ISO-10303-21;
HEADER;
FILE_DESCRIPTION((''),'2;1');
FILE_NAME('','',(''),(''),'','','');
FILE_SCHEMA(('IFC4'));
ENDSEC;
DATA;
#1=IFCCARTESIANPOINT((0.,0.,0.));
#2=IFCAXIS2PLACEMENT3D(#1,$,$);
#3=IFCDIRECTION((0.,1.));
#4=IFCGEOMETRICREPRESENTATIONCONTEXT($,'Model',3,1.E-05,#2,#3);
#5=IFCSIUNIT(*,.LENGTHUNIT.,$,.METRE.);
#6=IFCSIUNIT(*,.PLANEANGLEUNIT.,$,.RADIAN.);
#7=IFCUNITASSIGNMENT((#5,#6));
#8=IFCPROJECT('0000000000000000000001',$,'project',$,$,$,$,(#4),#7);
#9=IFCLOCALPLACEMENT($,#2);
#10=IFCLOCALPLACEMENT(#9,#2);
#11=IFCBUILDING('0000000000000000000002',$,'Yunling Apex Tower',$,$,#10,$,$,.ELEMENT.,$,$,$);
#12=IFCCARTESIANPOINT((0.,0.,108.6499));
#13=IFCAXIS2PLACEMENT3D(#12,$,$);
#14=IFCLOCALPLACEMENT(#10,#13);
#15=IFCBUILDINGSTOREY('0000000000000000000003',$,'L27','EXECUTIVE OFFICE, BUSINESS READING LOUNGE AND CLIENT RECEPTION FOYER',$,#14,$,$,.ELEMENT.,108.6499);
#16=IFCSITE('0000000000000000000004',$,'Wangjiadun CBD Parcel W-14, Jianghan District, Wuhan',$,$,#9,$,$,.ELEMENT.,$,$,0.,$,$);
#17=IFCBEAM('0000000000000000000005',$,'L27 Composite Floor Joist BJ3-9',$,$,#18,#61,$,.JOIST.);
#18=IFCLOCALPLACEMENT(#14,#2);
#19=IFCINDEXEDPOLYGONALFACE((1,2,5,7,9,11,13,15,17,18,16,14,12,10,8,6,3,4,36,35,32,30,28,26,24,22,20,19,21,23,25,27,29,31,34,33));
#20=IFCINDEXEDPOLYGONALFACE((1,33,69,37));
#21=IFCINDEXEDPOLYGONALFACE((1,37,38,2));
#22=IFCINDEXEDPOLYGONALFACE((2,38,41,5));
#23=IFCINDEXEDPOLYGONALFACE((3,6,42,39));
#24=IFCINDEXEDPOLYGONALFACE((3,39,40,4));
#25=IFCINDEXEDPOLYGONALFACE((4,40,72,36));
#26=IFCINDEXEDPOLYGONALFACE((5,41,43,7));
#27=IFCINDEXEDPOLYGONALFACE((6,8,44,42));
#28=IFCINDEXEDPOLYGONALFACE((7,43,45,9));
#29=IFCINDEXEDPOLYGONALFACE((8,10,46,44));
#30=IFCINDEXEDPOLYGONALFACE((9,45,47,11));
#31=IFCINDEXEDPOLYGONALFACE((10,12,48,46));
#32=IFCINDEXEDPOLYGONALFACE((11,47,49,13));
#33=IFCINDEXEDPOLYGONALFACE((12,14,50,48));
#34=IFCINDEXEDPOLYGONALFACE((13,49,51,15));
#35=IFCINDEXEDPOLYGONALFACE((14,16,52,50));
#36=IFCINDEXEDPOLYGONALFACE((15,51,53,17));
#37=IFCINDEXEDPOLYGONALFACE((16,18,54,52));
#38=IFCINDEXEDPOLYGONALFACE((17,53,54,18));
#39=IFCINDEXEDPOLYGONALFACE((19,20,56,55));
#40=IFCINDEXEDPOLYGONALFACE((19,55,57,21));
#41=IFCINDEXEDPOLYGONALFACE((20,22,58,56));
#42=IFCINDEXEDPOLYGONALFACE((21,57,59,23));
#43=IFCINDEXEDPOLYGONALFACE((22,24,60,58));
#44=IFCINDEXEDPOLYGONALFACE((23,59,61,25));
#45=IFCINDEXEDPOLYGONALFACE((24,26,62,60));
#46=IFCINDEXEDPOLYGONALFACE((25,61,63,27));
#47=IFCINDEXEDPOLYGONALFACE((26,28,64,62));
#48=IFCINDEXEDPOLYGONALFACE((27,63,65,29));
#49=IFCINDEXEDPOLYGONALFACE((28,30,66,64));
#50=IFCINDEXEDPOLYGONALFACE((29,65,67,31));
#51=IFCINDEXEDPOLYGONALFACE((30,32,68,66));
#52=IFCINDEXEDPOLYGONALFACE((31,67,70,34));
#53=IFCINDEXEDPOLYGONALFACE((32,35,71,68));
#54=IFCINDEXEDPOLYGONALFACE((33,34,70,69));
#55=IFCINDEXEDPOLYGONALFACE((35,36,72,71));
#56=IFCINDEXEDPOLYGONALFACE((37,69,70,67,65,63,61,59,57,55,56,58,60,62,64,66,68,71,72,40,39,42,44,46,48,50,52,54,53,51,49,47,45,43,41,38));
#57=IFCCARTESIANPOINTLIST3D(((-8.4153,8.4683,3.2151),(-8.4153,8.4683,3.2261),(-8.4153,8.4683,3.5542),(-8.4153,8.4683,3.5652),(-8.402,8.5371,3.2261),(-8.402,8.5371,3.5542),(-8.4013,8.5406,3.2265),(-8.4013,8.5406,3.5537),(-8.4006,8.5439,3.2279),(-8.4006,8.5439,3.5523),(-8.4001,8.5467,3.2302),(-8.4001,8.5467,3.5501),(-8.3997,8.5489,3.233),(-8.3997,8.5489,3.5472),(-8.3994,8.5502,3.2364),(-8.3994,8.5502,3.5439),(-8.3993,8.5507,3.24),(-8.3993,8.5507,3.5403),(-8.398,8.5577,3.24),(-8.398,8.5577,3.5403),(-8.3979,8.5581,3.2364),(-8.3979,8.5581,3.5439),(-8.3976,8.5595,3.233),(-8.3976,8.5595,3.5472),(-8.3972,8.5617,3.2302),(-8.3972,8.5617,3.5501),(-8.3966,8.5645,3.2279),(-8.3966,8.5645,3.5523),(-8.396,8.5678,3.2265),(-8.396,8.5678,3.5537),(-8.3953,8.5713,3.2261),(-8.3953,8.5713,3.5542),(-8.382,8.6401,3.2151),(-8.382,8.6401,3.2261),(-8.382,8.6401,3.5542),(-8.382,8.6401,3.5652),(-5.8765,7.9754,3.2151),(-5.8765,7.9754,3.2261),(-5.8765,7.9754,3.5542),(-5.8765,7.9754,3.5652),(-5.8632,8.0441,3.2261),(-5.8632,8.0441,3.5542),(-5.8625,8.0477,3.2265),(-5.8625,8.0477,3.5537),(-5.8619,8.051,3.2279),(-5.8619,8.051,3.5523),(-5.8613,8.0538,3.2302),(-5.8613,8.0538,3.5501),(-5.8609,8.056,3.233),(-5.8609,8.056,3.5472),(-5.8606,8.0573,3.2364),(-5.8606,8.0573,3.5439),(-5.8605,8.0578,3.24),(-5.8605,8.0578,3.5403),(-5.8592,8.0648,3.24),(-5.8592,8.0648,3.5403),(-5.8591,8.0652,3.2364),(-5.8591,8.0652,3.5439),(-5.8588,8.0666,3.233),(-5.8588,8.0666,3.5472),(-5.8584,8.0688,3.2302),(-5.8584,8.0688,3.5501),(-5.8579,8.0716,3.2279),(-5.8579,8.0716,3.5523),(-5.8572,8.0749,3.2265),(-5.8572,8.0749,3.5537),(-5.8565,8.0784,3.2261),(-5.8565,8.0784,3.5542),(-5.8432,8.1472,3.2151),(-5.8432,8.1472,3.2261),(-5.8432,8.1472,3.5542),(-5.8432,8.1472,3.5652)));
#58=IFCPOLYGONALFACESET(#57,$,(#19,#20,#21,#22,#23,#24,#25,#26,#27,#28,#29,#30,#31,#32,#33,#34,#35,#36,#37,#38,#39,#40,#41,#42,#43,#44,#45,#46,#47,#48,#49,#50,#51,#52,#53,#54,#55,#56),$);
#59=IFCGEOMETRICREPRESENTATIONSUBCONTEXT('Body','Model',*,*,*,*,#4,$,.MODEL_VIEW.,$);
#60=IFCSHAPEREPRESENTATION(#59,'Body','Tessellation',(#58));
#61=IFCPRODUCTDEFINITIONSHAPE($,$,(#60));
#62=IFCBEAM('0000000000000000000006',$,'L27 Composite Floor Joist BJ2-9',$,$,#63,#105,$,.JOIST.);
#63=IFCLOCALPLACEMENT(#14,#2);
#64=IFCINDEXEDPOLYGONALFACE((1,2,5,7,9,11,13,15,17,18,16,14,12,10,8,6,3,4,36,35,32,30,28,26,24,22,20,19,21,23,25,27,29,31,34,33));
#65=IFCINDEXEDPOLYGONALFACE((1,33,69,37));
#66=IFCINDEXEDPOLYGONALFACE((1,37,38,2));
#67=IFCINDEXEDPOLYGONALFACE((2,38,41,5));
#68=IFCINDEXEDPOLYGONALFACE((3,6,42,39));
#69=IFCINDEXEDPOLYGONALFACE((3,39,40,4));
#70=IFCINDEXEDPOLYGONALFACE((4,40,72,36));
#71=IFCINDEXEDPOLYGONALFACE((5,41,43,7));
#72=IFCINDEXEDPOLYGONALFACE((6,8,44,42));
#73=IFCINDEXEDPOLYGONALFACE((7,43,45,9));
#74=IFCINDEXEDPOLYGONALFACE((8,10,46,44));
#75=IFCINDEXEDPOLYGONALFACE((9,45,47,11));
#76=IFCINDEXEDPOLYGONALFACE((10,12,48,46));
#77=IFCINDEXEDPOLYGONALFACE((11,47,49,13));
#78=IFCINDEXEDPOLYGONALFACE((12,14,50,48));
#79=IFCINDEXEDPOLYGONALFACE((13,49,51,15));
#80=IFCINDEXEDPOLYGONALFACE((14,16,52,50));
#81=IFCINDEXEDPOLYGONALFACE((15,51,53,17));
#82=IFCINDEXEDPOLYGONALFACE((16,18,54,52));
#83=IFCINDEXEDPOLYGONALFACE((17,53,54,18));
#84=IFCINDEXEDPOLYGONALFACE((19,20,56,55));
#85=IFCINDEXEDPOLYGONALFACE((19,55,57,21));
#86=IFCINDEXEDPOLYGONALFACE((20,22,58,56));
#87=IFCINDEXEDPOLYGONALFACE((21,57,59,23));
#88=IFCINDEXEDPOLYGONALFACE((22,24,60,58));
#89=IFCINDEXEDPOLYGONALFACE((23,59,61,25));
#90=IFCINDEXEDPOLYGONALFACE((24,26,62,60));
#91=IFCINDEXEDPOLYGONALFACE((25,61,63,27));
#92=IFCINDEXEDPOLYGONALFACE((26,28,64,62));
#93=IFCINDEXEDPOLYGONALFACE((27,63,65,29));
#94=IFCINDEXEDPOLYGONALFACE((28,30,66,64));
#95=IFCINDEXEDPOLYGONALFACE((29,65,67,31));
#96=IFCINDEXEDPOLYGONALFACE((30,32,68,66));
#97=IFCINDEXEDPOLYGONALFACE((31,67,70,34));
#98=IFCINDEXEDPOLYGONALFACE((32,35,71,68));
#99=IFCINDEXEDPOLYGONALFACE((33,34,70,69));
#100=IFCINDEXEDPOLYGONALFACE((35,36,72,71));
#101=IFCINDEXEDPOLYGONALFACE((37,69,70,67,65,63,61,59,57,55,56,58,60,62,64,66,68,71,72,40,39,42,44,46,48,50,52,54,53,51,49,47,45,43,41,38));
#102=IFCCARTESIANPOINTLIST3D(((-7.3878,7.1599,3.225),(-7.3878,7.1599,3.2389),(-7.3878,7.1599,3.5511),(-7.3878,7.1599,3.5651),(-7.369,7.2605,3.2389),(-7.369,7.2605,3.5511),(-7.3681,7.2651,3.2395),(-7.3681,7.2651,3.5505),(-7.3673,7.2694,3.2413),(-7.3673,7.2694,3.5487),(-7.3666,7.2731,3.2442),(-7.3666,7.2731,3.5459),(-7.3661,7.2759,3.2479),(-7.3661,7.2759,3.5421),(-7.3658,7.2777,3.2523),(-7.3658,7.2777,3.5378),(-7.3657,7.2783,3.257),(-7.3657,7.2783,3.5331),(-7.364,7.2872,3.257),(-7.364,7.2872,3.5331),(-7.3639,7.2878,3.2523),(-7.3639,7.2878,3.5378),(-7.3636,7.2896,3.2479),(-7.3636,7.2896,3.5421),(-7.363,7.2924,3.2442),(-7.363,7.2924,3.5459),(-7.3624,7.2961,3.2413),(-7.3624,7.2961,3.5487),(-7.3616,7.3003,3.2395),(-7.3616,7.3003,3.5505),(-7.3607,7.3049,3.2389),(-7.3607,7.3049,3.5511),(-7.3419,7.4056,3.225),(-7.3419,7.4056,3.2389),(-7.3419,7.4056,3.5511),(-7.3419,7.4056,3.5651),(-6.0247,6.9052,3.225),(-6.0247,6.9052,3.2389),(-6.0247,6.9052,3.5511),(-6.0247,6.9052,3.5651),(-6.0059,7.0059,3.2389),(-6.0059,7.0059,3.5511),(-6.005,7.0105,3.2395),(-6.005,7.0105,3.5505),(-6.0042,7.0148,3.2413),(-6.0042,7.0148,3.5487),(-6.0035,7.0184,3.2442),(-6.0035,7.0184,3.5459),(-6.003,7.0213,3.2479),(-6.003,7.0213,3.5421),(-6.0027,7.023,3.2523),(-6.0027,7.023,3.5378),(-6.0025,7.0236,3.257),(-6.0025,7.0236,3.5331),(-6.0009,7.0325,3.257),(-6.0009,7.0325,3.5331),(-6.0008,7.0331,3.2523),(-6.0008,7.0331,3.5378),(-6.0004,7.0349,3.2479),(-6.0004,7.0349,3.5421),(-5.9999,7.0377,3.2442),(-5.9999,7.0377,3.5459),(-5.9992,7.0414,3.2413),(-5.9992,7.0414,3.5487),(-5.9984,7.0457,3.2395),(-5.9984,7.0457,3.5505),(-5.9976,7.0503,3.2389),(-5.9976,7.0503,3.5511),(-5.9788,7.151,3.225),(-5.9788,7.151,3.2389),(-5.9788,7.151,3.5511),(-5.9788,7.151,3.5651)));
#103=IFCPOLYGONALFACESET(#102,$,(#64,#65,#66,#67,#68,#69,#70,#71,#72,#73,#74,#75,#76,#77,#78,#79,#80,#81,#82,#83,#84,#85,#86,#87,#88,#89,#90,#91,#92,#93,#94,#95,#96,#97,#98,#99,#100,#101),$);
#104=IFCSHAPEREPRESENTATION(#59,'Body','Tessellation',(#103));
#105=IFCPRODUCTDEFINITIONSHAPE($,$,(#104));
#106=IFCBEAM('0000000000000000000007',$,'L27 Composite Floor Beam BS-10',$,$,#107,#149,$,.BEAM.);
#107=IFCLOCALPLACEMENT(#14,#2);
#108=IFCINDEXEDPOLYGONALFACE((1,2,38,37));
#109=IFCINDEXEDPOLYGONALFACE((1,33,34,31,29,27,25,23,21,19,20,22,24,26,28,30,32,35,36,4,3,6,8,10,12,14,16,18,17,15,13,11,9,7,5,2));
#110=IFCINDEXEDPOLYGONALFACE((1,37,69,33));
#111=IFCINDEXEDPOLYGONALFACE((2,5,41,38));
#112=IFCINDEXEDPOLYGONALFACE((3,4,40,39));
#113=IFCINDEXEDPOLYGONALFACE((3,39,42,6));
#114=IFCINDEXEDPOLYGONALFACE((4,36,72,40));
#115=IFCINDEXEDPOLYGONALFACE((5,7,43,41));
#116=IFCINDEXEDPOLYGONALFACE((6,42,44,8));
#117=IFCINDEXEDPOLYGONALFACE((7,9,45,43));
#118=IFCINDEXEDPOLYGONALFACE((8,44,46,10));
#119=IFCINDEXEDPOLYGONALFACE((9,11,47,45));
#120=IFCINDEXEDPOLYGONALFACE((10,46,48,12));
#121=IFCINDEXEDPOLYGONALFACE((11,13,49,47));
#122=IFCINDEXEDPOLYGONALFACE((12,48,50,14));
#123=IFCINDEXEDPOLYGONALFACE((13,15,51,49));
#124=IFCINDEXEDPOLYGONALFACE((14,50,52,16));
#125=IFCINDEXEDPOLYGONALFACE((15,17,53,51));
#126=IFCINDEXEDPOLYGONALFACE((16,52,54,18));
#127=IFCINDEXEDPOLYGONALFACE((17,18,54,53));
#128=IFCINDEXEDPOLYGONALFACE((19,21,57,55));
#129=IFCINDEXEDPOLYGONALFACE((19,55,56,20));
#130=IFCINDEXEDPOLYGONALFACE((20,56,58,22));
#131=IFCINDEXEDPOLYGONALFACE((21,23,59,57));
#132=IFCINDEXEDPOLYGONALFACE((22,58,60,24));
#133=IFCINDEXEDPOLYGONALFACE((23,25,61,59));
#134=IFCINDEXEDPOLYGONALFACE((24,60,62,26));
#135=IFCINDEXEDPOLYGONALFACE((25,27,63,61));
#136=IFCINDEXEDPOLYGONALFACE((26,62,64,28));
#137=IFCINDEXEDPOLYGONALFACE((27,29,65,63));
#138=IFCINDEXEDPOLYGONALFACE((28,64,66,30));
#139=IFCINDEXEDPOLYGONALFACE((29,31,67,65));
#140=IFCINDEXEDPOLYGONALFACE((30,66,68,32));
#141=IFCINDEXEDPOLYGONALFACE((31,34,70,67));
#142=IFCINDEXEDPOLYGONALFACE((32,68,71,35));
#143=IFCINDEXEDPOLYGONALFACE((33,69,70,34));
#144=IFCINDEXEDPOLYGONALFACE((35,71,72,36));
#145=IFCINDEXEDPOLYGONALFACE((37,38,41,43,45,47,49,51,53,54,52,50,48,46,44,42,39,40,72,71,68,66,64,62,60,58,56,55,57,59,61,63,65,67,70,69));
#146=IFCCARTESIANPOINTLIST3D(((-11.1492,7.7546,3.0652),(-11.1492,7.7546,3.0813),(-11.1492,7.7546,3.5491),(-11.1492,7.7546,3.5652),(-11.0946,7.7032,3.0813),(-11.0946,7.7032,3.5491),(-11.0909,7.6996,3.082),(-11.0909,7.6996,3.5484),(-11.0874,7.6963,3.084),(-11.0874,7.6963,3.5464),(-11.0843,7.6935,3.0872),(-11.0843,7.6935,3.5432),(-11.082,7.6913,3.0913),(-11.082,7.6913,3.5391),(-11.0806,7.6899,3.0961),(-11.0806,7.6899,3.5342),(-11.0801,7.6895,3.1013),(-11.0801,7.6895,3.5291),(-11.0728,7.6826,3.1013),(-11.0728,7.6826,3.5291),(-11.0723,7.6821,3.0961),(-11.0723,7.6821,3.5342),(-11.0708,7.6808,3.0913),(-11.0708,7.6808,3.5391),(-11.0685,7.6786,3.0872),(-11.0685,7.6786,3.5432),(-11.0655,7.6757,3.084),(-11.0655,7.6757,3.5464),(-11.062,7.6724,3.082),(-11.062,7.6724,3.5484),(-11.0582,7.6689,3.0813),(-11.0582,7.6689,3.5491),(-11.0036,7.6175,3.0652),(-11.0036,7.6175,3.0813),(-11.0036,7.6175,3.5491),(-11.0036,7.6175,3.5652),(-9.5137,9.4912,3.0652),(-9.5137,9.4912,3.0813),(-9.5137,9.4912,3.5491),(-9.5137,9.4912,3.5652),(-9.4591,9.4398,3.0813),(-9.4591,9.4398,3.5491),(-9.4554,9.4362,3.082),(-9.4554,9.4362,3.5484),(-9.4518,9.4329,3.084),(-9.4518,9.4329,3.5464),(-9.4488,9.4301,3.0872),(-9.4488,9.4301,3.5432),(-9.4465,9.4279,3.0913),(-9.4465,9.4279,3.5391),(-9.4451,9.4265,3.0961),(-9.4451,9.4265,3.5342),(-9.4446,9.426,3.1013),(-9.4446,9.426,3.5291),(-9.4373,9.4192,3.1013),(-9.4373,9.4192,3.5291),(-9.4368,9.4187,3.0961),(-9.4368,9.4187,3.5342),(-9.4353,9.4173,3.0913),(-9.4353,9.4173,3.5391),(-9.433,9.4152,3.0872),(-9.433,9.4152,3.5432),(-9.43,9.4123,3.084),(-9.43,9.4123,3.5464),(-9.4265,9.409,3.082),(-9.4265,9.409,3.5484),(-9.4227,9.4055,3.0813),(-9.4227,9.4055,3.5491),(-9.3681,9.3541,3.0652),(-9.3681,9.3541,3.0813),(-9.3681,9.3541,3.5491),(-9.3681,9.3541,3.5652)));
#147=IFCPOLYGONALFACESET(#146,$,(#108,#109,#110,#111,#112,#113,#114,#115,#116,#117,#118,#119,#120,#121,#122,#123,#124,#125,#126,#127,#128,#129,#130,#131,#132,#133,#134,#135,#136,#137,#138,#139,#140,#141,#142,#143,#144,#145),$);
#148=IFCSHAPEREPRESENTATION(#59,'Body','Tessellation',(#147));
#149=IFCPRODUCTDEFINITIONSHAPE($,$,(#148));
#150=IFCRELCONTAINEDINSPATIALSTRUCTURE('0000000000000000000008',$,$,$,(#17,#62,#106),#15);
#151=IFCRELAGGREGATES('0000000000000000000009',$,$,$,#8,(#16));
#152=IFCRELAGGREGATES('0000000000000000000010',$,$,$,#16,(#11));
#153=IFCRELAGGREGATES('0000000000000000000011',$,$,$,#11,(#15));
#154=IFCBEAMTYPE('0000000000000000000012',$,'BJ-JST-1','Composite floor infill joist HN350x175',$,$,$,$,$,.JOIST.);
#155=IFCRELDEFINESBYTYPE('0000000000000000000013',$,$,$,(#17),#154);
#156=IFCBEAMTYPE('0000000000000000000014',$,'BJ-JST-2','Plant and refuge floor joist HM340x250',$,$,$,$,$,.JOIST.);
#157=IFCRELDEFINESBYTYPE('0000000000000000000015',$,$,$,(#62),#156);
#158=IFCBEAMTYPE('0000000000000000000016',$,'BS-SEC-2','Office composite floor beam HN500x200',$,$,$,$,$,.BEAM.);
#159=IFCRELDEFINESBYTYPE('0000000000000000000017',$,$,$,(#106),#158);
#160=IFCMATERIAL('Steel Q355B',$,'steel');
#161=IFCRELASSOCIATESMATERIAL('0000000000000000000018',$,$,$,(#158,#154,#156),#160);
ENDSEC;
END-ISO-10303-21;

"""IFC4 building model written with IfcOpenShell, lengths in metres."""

from ifc_helpers import new_model, si_unit, direction, frame, origin, origin_2d, place, context, subcontext, project, spatial, i_section, extrude, source, transform, mapped, material, material_profile, profile_set, type_object, element, save


model = new_model("IFC4")

# Units and contexts
model_context = context("Model", 3, precision=1e-05, world=origin(), true_north=direction((0.0, 1.0)))
body_context = subcontext(model_context, "Body", "Model", "MODEL_VIEW")
ifc_project = project(units=[si_unit("LENGTHUNIT", "METRE"), si_unit("PLANEANGLEUNIT", "RADIAN")], contexts=[model_context])

# Site, building, storey
site_placement = place(None, origin())
site = spatial("IfcSite", under=ifc_project, at=site_placement, Name="Wangjiadun CBD Parcel W-14, Jianghan District, Wuhan", CompositionType="ELEMENT", RefElevation=0.0)
building_placement = place(site_placement, origin())
building = spatial("IfcBuilding", under=site, at=building_placement, Name="Yunling Apex Tower", CompositionType="ELEMENT")
storey_placement = place(building_placement, frame((0.0, 0.0, 108.6499)))
storey = spatial("IfcBuildingStorey", under=building, at=storey_placement, Name="L27", Description="EXECUTIVE OFFICE, BUSINESS READING LOUNGE AND CLIENT RECEPTION FOYER", CompositionType="ELEMENT", Elevation=108.6499)

# Beams
ifc_material_1 = material(Name="Steel Q355B", Category="steel")
ifc_material_profile_1 = material_profile(ifc_material_1, i_section(OverallWidth=0.2, OverallDepth=0.5, WebThickness=0.01, FlangeThickness=0.0161, FilletRadius=0.02, at=origin_2d()))
ifc_profile_set_1 = profile_set([ifc_material_profile_1], Name="Steel Q355B")
beam_type_1 = type_object("IfcBeamType", Name="BS-SEC-2", Description="Office composite floor beam HN500x200", PredefinedType="BEAM", material=ifc_profile_set_1)
ifc_material_profile_2 = material_profile(ifc_material_1, i_section(OverallWidth=0.175, OverallDepth=0.3501, WebThickness=0.0071, FlangeThickness=0.011, FilletRadius=0.0139, at=origin_2d()))
ifc_profile_set_2 = profile_set([ifc_material_profile_2], Name="Steel Q355B")
beam_type_2 = type_object("IfcBeamType", Name="BJ-JST-1", Description="Composite floor infill joist HN350x175", PredefinedType="JOIST", material=ifc_profile_set_2)
shared_shape_1 = source(origin(), body_context, "Body", "SweptSolid", [
    extrude(i_section(OverallWidth=0.175, OverallDepth=0.3501, WebThickness=0.0071, FlangeThickness=0.011, FilletRadius=0.0139, at=origin_2d()), origin(), (0.0, 0.0, 1.0), 2.5862),
])
beam_1_placement = place(storey_placement, frame((-5.8599, 8.0613, 3.3901), z_axis=(-0.981669, 0.190594, 0.0), x_axis=(-0.190594, -0.981669, 0.0)))
element("IfcBeam", 1, at=beam_1_placement, inside=storey, type_object=beam_type_2, Name="L27 Composite Floor Joist BJ3-9", PredefinedType="JOIST", context=body_context, shape_type="MappedRepresentation", body=[
    mapped(shared_shape_1, transform((0.0, 0.0, 0.0), scale=1.0)),
])
ifc_material_profile_3 = material_profile(ifc_material_1, i_section(OverallWidth=0.25, OverallDepth=0.3401, WebThickness=0.009, FlangeThickness=0.0139, FilletRadius=0.0181, at=origin_2d()))
ifc_profile_set_3 = profile_set([ifc_material_profile_3], Name="Steel Q355B")
beam_type_3 = type_object("IfcBeamType", Name="BJ-JST-2", Description="Plant and refuge floor joist HM340x250", PredefinedType="JOIST", material=ifc_profile_set_3)
shared_shape_2 = source(origin(), body_context, "Body", "SweptSolid", [
    extrude(i_section(OverallWidth=0.25, OverallDepth=0.3401, WebThickness=0.009, FlangeThickness=0.0139, FilletRadius=0.0181, at=origin_2d()), origin(), (0.0, 0.0, 1.0), 1.3867),
])
beam_2_placement = place(storey_placement, frame((-6.0017, 7.0281, 3.395), z_axis=(-0.982994, 0.18364, 0.0), x_axis=(-0.18364, -0.982994, 0.0)))
element("IfcBeam", 2, at=beam_2_placement, inside=storey, type_object=beam_type_3, Name="L27 Composite Floor Joist BJ2-9", PredefinedType="JOIST", context=body_context, shape_type="MappedRepresentation", body=[
    mapped(shared_shape_2, transform((0.0, 0.0, 0.0), scale=1.0)),
])
shared_shape_3 = source(origin(), body_context, "Body", "SweptSolid", [
    extrude(i_section(OverallWidth=0.2, OverallDepth=0.5, WebThickness=0.01, FlangeThickness=0.0161, FilletRadius=0.02, at=origin_2d()), origin(), (0.0, 0.0, 1.0), 2.3855),
])
beam_3_placement = place(storey_placement, frame((-9.4409, 9.4226, 3.3152), z_axis=(-0.685604, -0.727975, 0.0), x_axis=(0.727975, -0.685604, 0.0)))
element("IfcBeam", 3, at=beam_3_placement, inside=storey, type_object=beam_type_1, Name="L27 Composite Floor Beam BS-10", PredefinedType="BEAM", context=body_context, shape_type="MappedRepresentation", body=[
    mapped(shared_shape_3, transform((0.0, 0.0, 0.0), scale=1.0)),
])

save(model, "model.ifc")
